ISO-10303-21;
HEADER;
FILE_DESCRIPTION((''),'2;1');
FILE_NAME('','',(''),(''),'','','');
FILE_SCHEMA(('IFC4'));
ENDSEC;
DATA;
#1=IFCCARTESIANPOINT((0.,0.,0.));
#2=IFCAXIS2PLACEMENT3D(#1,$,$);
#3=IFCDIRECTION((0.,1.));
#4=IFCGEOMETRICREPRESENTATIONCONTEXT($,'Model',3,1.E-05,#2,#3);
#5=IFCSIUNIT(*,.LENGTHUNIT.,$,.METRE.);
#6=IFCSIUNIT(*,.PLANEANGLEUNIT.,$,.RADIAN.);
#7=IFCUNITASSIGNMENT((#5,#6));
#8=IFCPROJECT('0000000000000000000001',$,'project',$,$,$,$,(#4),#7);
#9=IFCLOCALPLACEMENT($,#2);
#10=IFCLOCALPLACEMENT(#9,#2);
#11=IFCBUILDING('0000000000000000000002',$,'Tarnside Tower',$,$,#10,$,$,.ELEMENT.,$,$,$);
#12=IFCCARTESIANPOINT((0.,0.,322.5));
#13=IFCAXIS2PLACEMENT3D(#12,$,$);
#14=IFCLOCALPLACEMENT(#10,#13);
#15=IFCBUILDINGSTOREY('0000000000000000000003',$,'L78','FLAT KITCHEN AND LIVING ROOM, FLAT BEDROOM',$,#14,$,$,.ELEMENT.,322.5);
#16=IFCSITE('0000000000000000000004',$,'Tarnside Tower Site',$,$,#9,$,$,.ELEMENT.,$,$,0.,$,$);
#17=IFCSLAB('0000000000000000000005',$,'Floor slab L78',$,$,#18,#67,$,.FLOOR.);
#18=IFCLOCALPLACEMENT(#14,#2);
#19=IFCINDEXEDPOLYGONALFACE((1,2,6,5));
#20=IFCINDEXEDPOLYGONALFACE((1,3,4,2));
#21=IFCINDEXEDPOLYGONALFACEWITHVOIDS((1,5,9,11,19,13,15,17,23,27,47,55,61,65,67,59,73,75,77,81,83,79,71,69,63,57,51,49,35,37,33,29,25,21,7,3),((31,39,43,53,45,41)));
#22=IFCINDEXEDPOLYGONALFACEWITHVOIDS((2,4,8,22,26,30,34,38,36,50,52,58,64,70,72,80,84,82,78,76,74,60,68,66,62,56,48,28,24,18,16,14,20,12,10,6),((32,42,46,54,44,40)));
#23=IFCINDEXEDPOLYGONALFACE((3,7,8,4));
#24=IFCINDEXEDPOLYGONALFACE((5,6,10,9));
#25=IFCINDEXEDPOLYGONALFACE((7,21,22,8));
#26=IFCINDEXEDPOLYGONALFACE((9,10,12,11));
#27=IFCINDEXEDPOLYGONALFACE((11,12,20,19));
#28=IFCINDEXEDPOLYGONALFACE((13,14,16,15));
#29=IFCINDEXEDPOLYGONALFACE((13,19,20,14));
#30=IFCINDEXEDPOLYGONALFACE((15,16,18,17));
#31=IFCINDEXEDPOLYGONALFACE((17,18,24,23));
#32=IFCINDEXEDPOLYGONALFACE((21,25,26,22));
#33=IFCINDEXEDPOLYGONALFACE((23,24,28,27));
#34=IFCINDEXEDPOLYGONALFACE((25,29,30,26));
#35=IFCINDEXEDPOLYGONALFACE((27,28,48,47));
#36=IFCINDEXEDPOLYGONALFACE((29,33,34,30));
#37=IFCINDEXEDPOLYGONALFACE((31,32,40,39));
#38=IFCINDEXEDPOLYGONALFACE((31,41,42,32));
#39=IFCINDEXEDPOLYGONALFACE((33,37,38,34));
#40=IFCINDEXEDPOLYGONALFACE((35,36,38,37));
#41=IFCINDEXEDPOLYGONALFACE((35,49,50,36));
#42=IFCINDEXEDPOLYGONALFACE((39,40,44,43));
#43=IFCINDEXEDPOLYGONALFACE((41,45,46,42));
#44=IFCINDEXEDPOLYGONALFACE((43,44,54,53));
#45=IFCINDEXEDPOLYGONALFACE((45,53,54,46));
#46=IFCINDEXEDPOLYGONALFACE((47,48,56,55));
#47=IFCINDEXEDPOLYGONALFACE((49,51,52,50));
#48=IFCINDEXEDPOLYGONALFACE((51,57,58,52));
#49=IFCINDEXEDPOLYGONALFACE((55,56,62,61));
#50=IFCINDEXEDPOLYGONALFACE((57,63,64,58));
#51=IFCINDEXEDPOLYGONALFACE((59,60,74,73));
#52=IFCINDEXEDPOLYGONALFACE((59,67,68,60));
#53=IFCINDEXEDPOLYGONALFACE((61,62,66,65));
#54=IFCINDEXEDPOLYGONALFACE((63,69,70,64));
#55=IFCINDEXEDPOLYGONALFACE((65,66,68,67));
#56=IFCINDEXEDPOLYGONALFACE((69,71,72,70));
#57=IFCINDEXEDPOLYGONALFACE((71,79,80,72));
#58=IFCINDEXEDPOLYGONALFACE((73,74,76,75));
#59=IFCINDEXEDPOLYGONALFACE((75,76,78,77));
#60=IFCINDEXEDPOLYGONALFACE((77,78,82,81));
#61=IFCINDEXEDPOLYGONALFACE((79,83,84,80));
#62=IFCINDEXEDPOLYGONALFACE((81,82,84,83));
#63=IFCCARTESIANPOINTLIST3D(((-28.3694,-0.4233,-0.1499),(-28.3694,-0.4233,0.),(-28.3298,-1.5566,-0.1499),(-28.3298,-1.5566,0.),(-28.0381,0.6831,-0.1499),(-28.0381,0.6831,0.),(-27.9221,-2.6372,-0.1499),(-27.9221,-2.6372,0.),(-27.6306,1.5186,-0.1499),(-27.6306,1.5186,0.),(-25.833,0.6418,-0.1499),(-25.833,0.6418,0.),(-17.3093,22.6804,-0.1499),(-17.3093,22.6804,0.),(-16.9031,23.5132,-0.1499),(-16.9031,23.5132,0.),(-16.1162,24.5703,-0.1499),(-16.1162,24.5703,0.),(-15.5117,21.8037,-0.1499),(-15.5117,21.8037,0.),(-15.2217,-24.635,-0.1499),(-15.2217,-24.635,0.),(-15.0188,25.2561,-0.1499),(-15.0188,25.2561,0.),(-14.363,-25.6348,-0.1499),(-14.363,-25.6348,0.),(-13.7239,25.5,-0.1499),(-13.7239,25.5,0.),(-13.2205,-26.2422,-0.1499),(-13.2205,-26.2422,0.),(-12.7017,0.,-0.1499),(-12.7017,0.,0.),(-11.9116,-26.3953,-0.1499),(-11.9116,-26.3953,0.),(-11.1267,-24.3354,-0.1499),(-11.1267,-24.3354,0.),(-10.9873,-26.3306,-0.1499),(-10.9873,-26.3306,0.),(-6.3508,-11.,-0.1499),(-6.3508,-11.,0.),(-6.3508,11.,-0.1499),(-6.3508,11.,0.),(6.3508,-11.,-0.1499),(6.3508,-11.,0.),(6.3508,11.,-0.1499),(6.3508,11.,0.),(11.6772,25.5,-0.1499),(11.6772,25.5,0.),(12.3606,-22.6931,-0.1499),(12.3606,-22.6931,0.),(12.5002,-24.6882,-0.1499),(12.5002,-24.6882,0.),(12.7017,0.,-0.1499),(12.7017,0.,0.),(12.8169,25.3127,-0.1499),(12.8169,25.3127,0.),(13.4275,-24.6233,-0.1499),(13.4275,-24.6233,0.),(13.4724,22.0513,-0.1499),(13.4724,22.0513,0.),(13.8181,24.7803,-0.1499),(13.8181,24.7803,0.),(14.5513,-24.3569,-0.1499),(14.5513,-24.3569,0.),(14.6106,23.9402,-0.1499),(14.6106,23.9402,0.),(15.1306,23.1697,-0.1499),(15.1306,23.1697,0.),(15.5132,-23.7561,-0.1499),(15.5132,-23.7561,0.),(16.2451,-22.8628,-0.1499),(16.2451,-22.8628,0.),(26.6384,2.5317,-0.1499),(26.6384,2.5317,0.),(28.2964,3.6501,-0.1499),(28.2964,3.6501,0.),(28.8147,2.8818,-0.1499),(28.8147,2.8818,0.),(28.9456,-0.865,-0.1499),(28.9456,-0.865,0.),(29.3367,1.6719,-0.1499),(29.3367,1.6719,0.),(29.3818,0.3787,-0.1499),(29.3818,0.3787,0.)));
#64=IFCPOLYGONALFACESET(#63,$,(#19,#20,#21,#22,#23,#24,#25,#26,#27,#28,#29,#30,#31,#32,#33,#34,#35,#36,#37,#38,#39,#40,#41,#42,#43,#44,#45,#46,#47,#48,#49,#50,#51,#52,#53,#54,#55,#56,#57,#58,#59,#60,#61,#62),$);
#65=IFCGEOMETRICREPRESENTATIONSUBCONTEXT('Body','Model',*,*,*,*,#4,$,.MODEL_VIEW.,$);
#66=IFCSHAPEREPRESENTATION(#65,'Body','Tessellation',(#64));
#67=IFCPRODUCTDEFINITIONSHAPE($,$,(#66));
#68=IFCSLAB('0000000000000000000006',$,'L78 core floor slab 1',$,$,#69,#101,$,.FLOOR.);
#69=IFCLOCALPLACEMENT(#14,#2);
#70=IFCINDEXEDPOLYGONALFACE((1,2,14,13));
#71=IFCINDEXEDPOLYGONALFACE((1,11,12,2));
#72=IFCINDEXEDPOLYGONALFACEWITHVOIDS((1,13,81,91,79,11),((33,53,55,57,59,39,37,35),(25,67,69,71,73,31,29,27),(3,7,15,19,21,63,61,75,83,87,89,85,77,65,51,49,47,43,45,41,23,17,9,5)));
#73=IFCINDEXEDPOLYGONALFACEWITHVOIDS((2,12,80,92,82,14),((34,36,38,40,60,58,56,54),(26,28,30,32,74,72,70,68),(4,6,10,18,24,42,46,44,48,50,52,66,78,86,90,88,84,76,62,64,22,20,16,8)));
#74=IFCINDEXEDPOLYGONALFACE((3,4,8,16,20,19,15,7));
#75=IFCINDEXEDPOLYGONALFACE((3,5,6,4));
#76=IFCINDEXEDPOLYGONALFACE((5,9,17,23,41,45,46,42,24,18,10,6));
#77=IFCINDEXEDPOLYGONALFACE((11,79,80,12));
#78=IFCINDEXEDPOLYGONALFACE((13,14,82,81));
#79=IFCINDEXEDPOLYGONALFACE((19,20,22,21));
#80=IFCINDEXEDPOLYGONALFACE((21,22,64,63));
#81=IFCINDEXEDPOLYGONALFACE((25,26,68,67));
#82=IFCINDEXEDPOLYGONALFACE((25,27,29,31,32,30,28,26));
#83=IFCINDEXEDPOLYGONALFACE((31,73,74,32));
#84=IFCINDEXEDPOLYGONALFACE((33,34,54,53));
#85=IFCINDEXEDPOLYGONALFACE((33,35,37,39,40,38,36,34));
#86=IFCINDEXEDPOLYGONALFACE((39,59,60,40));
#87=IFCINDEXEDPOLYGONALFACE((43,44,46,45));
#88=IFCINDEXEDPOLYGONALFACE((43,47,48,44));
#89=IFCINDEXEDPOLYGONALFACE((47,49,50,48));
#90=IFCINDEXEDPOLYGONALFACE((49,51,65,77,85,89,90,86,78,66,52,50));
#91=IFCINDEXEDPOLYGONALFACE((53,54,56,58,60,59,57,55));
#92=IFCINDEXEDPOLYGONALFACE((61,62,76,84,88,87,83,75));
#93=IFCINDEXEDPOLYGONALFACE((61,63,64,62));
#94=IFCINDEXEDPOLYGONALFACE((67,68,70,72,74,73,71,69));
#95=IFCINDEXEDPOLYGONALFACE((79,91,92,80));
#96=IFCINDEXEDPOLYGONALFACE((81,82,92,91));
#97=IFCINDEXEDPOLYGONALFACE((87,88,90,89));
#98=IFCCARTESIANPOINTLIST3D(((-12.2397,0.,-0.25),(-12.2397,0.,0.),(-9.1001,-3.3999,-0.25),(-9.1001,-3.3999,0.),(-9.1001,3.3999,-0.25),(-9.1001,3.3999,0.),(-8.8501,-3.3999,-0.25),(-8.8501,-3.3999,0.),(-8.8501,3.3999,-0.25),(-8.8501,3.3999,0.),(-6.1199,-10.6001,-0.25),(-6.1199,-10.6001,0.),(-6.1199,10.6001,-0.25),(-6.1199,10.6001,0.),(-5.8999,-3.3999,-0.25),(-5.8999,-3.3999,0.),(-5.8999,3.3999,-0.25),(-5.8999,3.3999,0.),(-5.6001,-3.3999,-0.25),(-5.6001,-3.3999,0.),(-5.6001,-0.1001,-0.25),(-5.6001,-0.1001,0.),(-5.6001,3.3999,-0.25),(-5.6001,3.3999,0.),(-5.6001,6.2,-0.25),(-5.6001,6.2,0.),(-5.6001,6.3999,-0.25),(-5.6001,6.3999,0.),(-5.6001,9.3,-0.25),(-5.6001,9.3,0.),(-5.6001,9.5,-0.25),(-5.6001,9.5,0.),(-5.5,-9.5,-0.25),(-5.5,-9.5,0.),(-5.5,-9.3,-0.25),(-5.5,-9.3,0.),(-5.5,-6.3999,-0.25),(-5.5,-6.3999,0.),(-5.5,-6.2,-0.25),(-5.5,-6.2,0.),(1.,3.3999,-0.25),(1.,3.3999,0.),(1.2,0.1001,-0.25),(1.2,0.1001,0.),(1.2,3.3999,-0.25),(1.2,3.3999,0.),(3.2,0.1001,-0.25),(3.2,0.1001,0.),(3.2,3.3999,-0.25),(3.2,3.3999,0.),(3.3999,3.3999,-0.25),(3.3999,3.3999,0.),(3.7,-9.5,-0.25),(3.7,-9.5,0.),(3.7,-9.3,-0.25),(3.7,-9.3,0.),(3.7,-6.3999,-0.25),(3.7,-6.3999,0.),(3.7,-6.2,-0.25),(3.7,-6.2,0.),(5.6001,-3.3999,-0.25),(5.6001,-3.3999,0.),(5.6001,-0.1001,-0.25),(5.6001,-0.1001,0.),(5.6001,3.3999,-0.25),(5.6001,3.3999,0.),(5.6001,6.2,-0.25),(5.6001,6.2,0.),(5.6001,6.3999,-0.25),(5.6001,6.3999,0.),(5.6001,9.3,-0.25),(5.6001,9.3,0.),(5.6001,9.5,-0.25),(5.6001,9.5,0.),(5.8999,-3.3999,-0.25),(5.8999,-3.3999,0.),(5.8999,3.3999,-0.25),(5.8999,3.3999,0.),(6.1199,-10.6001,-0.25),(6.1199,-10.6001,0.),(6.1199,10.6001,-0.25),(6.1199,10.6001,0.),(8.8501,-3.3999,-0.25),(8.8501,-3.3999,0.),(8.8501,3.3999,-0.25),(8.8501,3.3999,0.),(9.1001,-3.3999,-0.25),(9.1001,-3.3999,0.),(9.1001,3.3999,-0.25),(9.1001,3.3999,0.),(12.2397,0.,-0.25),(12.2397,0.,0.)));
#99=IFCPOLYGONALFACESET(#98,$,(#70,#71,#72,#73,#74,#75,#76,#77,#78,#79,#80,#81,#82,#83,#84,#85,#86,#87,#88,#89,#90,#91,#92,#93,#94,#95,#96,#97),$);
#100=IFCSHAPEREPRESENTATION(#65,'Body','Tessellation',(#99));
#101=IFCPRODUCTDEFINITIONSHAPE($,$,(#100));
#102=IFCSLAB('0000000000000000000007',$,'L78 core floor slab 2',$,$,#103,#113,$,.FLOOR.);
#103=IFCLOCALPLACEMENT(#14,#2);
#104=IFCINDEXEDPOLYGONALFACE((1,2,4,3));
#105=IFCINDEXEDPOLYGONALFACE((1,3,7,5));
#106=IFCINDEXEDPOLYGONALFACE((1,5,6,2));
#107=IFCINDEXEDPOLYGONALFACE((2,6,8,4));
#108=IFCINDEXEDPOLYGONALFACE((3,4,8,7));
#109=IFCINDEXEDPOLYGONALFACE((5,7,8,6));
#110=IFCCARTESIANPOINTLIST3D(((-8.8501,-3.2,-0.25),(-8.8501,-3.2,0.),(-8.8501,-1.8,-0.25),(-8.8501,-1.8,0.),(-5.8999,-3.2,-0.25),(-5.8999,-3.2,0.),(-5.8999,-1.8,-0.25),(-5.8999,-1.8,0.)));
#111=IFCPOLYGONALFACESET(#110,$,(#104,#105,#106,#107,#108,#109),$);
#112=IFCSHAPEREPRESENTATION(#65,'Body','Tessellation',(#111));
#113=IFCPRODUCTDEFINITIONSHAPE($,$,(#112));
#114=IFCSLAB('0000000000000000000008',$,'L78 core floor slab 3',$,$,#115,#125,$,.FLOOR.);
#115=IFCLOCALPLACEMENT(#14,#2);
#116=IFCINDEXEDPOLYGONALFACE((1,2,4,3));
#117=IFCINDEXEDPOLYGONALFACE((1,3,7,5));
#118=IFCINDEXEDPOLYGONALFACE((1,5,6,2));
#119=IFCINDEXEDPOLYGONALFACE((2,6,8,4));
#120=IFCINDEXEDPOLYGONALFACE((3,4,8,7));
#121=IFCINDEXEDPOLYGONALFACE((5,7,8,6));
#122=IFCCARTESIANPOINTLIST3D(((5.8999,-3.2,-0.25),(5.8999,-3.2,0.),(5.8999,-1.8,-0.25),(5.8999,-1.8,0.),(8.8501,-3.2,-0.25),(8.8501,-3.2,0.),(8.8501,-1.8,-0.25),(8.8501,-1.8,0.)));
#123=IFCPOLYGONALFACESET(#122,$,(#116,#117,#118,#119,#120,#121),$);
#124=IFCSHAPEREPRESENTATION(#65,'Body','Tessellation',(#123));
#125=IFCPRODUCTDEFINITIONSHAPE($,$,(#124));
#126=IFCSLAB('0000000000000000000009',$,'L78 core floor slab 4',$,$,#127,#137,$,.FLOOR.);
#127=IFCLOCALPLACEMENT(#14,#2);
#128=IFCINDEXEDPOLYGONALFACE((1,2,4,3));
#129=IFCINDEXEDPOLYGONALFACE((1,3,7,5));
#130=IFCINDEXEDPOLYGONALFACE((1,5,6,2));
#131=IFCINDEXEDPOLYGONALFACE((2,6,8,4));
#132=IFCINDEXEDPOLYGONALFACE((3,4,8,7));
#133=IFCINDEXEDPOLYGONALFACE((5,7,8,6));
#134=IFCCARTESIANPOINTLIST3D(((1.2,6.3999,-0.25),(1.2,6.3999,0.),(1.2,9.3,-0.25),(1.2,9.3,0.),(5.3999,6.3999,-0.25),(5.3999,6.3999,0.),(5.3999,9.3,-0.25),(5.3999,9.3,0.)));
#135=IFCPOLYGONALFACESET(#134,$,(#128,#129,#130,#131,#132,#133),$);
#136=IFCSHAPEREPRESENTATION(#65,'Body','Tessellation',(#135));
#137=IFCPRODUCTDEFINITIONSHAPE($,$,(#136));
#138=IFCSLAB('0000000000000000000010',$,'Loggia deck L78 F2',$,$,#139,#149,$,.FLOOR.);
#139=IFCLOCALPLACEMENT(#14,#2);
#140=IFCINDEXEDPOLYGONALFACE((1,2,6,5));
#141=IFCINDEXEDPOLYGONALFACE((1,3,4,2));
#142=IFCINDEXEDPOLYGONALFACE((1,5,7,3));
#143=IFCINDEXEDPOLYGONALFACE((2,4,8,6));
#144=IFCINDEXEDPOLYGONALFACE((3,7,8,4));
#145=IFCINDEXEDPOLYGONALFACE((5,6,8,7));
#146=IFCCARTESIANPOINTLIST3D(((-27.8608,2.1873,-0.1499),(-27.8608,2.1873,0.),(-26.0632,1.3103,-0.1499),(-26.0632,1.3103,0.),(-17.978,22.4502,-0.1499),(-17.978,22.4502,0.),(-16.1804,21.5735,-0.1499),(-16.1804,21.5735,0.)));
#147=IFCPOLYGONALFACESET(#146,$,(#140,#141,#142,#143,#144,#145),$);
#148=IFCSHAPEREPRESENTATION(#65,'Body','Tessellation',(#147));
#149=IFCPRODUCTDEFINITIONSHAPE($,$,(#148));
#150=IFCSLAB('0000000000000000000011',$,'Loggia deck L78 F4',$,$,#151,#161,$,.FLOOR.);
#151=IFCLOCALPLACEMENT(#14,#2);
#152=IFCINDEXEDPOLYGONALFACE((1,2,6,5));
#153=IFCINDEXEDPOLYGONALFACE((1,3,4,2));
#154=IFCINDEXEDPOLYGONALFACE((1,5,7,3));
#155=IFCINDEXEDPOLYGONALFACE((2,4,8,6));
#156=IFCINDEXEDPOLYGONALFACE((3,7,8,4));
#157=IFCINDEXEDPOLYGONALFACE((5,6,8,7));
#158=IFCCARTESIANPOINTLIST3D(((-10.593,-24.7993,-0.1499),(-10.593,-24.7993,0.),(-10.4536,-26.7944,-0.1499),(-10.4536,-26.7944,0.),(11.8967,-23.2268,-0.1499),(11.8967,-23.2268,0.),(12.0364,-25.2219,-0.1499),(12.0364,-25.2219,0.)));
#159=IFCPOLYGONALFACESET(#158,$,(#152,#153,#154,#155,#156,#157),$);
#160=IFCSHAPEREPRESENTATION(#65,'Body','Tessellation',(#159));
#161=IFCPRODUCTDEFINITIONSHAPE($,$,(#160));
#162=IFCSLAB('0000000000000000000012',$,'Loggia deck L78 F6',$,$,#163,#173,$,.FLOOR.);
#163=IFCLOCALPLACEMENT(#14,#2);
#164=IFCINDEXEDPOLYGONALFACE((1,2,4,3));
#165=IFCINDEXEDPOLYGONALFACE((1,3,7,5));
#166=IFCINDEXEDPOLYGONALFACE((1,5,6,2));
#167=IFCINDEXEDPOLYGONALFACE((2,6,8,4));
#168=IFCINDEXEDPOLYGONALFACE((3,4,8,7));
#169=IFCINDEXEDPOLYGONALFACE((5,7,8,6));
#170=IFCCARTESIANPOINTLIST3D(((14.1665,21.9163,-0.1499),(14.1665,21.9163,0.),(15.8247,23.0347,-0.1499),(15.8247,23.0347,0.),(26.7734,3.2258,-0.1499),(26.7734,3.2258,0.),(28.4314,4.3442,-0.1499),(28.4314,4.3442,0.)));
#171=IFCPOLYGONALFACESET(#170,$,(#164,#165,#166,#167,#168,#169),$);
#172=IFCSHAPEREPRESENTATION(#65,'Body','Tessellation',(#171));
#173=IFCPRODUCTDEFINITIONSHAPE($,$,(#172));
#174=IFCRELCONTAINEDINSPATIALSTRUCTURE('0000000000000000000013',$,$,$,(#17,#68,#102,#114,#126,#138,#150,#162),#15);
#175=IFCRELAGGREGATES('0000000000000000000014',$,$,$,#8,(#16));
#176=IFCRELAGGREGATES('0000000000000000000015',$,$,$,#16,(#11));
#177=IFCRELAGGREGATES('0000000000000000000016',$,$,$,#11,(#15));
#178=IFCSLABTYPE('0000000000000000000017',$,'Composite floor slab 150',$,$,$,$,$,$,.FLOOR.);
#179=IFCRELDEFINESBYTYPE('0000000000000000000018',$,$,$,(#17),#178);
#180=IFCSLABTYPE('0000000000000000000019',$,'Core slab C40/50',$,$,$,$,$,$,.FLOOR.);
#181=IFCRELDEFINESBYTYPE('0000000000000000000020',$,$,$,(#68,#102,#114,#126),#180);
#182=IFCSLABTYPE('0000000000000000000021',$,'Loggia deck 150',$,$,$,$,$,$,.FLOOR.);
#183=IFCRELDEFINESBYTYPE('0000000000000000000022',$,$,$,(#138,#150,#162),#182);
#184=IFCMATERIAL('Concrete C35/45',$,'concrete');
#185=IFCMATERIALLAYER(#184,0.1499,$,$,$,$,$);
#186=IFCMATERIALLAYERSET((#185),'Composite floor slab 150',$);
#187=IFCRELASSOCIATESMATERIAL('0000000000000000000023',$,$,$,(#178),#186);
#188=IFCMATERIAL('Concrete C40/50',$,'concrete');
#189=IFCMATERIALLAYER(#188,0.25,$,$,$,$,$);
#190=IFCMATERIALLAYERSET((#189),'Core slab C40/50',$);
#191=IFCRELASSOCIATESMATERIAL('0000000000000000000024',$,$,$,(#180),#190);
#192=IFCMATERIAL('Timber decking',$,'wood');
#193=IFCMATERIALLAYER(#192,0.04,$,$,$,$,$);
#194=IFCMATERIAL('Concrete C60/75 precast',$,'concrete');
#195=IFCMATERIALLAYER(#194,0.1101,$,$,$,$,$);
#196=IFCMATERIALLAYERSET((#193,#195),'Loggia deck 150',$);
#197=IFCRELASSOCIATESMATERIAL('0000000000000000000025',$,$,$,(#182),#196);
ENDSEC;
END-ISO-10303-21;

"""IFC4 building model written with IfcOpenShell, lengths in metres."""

from ifc_helpers import new_model, si_unit, direction, frame, origin, place, context, subcontext, project, spatial, polyline, outline, extrude, material, layer, layer_set, type_object, element, save


model = new_model("IFC4")

# Units and contexts
model_context = context("Model", 3, precision=1e-05, world=origin(), true_north=direction((0.0, 1.0)))
body_context = subcontext(model_context, "Body", "Model", "MODEL_VIEW")
ifc_project = project(units=[si_unit("LENGTHUNIT", "METRE"), si_unit("PLANEANGLEUNIT", "RADIAN")], contexts=[model_context])

# Site, building, storey
site_placement = place(None, origin())
site = spatial("IfcSite", under=ifc_project, at=site_placement, Name="Tarnside Tower Site", CompositionType="ELEMENT", RefElevation=0.0)
building_placement = place(site_placement, origin())
building = spatial("IfcBuilding", under=site, at=building_placement, Name="Tarnside Tower", CompositionType="ELEMENT")
storey_placement = place(building_placement, frame((0.0, 0.0, 322.5)))
storey = spatial("IfcBuildingStorey", under=building, at=storey_placement, Name="L78", Description="FLAT KITCHEN AND LIVING ROOM, FLAT BEDROOM", CompositionType="ELEMENT", Elevation=322.5)

# Slabs
ifc_material_1 = material(Name="Concrete C35/45", Category="concrete")
ifc_layer_1 = layer(ifc_material_1, 0.1499)
ifc_layer_set_1 = layer_set([ifc_layer_1], Name="Composite floor slab 150")
slab_type_1 = type_object("IfcSlabType", Name="Composite floor slab 150", PredefinedType="FLOOR", material=ifc_layer_set_1)
slab_1_placement = place(storey_placement, frame((0.0, 0.0, -0.1499)))
element("IfcSlab", 1, at=slab_1_placement, inside=storey, type_object=slab_type_1, Name="Floor slab L78", PredefinedType="FLOOR", context=body_context, shape_type="SweptSolid", body=[
    extrude(outline(polyline([(12.8169, 25.3127), (13.8181, 24.7803), (14.6106, 23.9402), (15.1306, 23.1697), (13.4724, 22.0513), (26.6384, 2.5317), (28.2964, 3.6501), (28.8147, 2.8818), (29.3367, 1.6719), (29.3818, 0.3787), (28.9456, -0.865), (16.2451, -22.8628), (15.5132, -23.7561), (14.5513, -24.3569), (13.4275, -24.6233), (12.5002, -24.6882), (12.3606, -22.6931), (-11.1267, -24.3354), (-10.9873, -26.3306), (-11.9116, -26.3953), (-13.2205, -26.2422), (-14.363, -25.6348), (-15.2217, -24.635), (-27.9221, -2.6372), (-28.3298, -1.5566), (-28.3694, -0.4233), (-28.0381, 0.6831), (-27.6306, 1.5186), (-25.833, 0.6418), (-15.5117, 21.8037), (-17.3093, 22.6804), (-16.9031, 23.5132), (-16.1162, 24.5703), (-15.0188, 25.2561), (-13.7239, 25.5), (11.6772, 25.5), (12.8169, 25.3127)]), holes=[polyline([(-12.7017, 0.0), (-6.3508, -11.0), (6.3508, -11.0), (12.7017, 0.0), (6.3508, 11.0), (-6.3508, 11.0), (-12.7017, 0.0)])]), origin(), (0.0, 0.0, 1.0), 0.1499),
])
ifc_material_2 = material(Name="Concrete C40/50", Category="concrete")
ifc_layer_2 = layer(ifc_material_2, 0.25)
ifc_layer_set_2 = layer_set([ifc_layer_2], Name="Core slab C40/50")
slab_type_2 = type_object("IfcSlabType", Name="Core slab C40/50", PredefinedType="FLOOR", material=ifc_layer_set_2)
slab_2_placement = place(storey_placement, frame((0.0, 0.0, -0.25)))
element("IfcSlab", 2, at=slab_2_placement, inside=storey, type_object=slab_type_2, Name="L78 core floor slab 1", PredefinedType="FLOOR", context=body_context, shape_type="SweptSolid", body=[
    extrude(outline(polyline([(6.1199, 10.6001), (12.2397, 0.0), (6.1199, -10.6001), (-6.1199, -10.6001), (-12.2397, 0.0), (-6.1199, 10.6001), (6.1199, 10.6001)]), holes=[polyline([(-5.5, -9.5), (3.7, -9.5), (3.7, -9.3), (3.7, -6.3999), (3.7, -6.2), (-5.5, -6.2), (-5.5, -6.3999), (-5.5, -9.3), (-5.5, -9.5)]), polyline([(-5.6001, -3.3999), (-5.6001, -0.1001), (5.6001, -0.1001), (5.6001, -3.3999), (5.8999, -3.3999), (8.8501, -3.3999), (9.1001, -3.3999), (9.1001, 3.3999), (8.8501, 3.3999), (5.8999, 3.3999), (5.6001, 3.3999), (3.3999, 3.3999), (3.2, 3.3999), (3.2, 0.1001), (1.2, 0.1001), (1.2, 3.3999), (1.0, 3.3999), (-5.6001, 3.3999), (-5.8999, 3.3999), (-8.8501, 3.3999), (-9.1001, 3.3999), (-9.1001, -3.3999), (-8.8501, -3.3999), (-5.8999, -3.3999), (-5.6001, -3.3999)]), polyline([(-5.6001, 6.2), (5.6001, 6.2), (5.6001, 6.3999), (5.6001, 9.3), (5.6001, 9.5), (-5.6001, 9.5), (-5.6001, 9.3), (-5.6001, 6.3999), (-5.6001, 6.2)])]), origin(), (0.0, 0.0, 1.0), 0.25),
])
slab_3_placement = place(storey_placement, frame((0.0, 0.0, -0.25)))
element("IfcSlab", 3, at=slab_3_placement, inside=storey, type_object=slab_type_2, Name="L78 core floor slab 2", PredefinedType="FLOOR", context=body_context, shape_type="SweptSolid", body=[
    extrude(outline(polyline([(-8.8501, -3.2), (-8.8501, -1.8), (-5.8999, -1.8), (-5.8999, -3.2), (-8.8501, -3.2)])), origin(), (0.0, 0.0, 1.0), 0.25),
])
slab_4_placement = place(storey_placement, frame((0.0, 0.0, -0.25)))
element("IfcSlab", 4, at=slab_4_placement, inside=storey, type_object=slab_type_2, Name="L78 core floor slab 3", PredefinedType="FLOOR", context=body_context, shape_type="SweptSolid", body=[
    extrude(outline(polyline([(5.8999, -1.8), (8.8501, -1.8), (8.8501, -3.2), (5.8999, -3.2), (5.8999, -1.8)])), origin(), (0.0, 0.0, 1.0), 0.25),
])
slab_5_placement = place(storey_placement, frame((0.0, 0.0, -0.25)))
element("IfcSlab", 5, at=slab_5_placement, inside=storey, type_object=slab_type_2, Name="L78 core floor slab 4", PredefinedType="FLOOR", context=body_context, shape_type="SweptSolid", body=[
    extrude(outline(polyline([(5.3999, 6.3999), (1.2, 6.3999), (1.2, 9.3), (5.3999, 9.3), (5.3999, 6.3999)])), origin(), (0.0, 0.0, 1.0), 0.25),
])
ifc_material_3 = material(Name="Timber decking", Category="wood")
ifc_layer_3 = layer(ifc_material_3, 0.04)
ifc_material_4 = material(Name="Concrete C60/75 precast", Category="concrete")
ifc_layer_4 = layer(ifc_material_4, 0.1101)
ifc_layer_set_3 = layer_set([ifc_layer_3, ifc_layer_4], Name="Loggia deck 150")
slab_type_3 = type_object("IfcSlabType", Name="Loggia deck 150", PredefinedType="FLOOR", material=ifc_layer_set_3)
slab_6_placement = place(storey_placement, frame((0.0, 0.0, -0.1499)))
element("IfcSlab", 6, at=slab_6_placement, inside=storey, type_object=slab_type_3, Name="Loggia deck L78 F2", PredefinedType="FLOOR", context=body_context, shape_type="SweptSolid", body=[
    extrude(outline(polyline([(-16.1804, 21.5735), (-26.0632, 1.3103), (-27.8608, 2.1873), (-17.978, 22.4502), (-16.1804, 21.5735)])), origin(), (0.0, 0.0, 1.0), 0.1499),
])
slab_7_placement = place(storey_placement, frame((0.0, 0.0, -0.1499)))
element("IfcSlab", 7, at=slab_7_placement, inside=storey, type_object=slab_type_3, Name="Loggia deck L78 F4", PredefinedType="FLOOR", context=body_context, shape_type="SweptSolid", body=[
    extrude(outline(polyline([(-10.593, -24.7993), (11.8967, -23.2268), (12.0364, -25.2219), (-10.4536, -26.7944), (-10.593, -24.7993)])), origin(), (0.0, 0.0, 1.0), 0.1499),
])
slab_8_placement = place(storey_placement, frame((0.0, 0.0, -0.1499)))
element("IfcSlab", 8, at=slab_8_placement, inside=storey, type_object=slab_type_3, Name="Loggia deck L78 F6", PredefinedType="FLOOR", context=body_context, shape_type="SweptSolid", body=[
    extrude(outline(polyline([(26.7734, 3.2258), (14.1665, 21.9163), (15.8247, 23.0347), (28.4314, 4.3442), (26.7734, 3.2258)])), origin(), (0.0, 0.0, 1.0), 0.1499),
])

save(model, "model.ifc")
